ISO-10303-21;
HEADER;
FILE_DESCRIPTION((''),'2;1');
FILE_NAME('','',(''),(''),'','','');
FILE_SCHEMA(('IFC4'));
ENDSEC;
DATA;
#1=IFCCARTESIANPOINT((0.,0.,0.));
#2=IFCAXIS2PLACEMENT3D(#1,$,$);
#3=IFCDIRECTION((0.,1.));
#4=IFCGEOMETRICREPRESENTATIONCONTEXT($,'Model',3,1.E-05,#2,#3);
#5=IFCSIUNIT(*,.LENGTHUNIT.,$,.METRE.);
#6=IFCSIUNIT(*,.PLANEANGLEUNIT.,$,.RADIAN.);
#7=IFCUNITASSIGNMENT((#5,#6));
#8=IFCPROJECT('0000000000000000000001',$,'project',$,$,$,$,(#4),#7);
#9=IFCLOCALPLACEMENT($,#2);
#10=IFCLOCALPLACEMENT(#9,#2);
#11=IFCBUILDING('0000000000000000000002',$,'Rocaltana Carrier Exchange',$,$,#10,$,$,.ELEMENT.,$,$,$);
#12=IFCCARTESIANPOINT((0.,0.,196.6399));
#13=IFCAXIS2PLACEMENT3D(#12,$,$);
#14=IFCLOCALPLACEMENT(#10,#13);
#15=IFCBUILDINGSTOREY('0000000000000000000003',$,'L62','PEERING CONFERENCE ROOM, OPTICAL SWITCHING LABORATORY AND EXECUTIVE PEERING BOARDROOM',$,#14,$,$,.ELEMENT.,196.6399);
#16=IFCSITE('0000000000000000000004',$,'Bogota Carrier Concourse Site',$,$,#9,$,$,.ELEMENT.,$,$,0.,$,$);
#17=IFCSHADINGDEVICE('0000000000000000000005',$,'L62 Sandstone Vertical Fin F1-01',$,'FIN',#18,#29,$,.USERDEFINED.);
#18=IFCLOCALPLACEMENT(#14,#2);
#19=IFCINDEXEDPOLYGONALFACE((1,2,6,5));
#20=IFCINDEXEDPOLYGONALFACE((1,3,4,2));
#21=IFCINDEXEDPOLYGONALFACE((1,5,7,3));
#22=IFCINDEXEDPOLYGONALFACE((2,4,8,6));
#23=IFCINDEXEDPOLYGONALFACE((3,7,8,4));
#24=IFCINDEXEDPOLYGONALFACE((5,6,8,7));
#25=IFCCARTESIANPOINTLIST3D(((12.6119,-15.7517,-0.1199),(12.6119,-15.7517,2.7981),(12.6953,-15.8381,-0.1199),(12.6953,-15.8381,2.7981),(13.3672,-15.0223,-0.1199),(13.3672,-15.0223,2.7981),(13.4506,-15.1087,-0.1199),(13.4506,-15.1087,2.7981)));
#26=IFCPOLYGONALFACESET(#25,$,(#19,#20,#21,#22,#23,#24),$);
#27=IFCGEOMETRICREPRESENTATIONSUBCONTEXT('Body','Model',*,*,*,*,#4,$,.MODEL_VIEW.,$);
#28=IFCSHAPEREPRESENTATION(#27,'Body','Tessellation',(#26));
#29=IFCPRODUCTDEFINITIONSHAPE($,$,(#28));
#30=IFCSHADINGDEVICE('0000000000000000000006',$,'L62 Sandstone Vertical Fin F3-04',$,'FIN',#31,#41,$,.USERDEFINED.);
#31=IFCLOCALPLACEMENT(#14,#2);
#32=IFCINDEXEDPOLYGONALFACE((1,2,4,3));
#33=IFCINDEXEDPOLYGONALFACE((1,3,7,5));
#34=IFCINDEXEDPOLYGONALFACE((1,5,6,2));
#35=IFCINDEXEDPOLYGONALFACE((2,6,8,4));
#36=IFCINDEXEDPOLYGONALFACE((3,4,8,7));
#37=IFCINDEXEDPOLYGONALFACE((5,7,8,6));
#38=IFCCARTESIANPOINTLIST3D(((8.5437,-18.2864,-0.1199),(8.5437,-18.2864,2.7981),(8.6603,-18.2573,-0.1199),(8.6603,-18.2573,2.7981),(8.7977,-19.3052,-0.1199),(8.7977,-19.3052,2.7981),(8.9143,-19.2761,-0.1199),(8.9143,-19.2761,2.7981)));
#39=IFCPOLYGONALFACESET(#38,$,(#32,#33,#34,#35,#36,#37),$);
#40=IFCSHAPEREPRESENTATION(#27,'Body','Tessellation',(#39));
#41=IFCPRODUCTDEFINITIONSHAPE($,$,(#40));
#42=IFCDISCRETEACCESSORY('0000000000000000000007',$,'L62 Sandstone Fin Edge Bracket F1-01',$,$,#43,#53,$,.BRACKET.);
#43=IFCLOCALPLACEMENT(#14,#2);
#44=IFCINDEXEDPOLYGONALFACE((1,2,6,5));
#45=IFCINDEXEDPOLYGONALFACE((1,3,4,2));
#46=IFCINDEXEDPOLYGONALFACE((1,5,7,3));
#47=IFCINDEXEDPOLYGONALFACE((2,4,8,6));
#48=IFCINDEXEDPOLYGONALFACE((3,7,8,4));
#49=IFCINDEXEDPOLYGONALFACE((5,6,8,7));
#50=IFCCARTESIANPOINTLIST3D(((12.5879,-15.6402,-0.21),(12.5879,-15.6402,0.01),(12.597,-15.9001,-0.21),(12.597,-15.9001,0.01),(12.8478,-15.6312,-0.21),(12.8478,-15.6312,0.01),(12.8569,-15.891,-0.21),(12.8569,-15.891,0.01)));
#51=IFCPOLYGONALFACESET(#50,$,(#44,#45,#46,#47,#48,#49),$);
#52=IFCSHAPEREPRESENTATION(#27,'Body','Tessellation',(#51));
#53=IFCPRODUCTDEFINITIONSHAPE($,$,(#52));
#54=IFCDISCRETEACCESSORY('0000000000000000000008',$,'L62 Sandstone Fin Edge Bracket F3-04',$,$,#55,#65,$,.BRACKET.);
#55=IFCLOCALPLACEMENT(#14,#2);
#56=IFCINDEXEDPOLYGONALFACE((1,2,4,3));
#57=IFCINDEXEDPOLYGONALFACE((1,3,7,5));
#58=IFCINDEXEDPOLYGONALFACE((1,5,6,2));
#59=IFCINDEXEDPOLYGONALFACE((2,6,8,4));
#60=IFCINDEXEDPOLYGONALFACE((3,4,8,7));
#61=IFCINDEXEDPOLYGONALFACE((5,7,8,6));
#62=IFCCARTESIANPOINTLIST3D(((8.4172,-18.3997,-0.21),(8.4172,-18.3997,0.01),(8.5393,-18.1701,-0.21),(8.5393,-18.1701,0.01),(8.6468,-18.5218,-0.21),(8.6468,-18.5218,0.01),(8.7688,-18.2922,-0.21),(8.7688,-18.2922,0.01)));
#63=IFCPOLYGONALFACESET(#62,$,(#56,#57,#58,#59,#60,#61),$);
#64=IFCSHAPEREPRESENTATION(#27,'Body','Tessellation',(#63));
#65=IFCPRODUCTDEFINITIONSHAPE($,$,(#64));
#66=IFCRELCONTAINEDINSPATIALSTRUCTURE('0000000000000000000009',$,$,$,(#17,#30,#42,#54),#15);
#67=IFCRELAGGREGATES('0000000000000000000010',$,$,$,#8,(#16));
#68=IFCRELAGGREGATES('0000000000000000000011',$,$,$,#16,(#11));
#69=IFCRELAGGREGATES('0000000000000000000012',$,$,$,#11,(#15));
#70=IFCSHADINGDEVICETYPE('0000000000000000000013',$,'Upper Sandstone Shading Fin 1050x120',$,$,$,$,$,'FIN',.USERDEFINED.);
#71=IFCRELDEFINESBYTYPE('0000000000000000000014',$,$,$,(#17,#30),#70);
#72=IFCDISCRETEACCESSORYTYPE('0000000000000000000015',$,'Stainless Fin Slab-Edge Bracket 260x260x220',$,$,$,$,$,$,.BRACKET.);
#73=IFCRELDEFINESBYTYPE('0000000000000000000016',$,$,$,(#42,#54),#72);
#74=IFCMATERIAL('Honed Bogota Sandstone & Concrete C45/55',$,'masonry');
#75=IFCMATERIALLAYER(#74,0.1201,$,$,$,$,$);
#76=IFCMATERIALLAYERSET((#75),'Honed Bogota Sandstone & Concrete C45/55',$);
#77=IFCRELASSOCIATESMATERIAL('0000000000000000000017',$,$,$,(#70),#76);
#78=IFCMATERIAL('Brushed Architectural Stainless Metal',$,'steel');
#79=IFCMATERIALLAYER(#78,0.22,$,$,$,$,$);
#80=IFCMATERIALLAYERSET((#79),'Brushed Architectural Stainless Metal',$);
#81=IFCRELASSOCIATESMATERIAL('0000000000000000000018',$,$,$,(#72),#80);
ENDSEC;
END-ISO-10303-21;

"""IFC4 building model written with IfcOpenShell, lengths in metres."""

from ifc_helpers import new_model, si_unit, direction, frame, origin, origin_2d, place, context, subcontext, project, spatial, rectangle, extrude, material, layer, layer_set, type_object, element, save


model = new_model("IFC4")

# Units and contexts
model_context = context("Model", 3, precision=1e-05, world=origin(), true_north=direction((0.0, 1.0)))
body_context = subcontext(model_context, "Body", "Model", "MODEL_VIEW")
ifc_project = project(units=[si_unit("LENGTHUNIT", "METRE"), si_unit("PLANEANGLEUNIT", "RADIAN")], contexts=[model_context])

# Site, building, storey
site_placement = place(None, origin())
site = spatial("IfcSite", under=ifc_project, at=site_placement, Name="Bogota Carrier Concourse Site", CompositionType="ELEMENT", RefElevation=0.0)
building_placement = place(site_placement, origin())
building = spatial("IfcBuilding", under=site, at=building_placement, Name="Rocaltana Carrier Exchange", CompositionType="ELEMENT")
storey_placement = place(building_placement, frame((0.0, 0.0, 196.6399)))
storey = spatial("IfcBuildingStorey", under=building, at=storey_placement, Name="L62", Description="PEERING CONFERENCE ROOM, OPTICAL SWITCHING LABORATORY AND EXECUTIVE PEERING BOARDROOM", CompositionType="ELEMENT", Elevation=196.6399)

# Shading devices
ifc_material_1 = material(Name="Honed Bogota Sandstone & Concrete C45/55", Category="masonry")
ifc_layer_1 = layer(ifc_material_1, 0.1201)
ifc_layer_set_1 = layer_set([ifc_layer_1], Name="Honed Bogota Sandstone & Concrete C45/55")
shading_device_type = type_object("IfcShadingDeviceType", Name="Upper Sandstone Shading Fin 1050x120", ElementType="FIN", PredefinedType="USERDEFINED", material=ifc_layer_set_1)
for number, where, z_axis, x_axis, name in (
    (1, (13.0312, -15.4302, -0.1199), (0.0, 0.0, 1.0), (0.71934, 0.694658, 0.0), "L62 Sandstone Vertical Fin F1-01"),
    (2, (8.729, -18.7812, -0.1199), (0.0, 0.0, 1.0), (0.241922, -0.970296, 0.0), "L62 Sandstone Vertical Fin F3-04"),
):
    element("IfcShadingDevice", number, at=place(storey_placement, frame(where, z_axis=z_axis, x_axis=x_axis)), inside=storey, type_object=shading_device_type, Name=name, ObjectType="FIN", PredefinedType="USERDEFINED", context=body_context, shape_type="SweptSolid", body=[
        extrude(rectangle(XDim=1.05, YDim=0.1201, at=origin_2d()), origin(), (0.0, 0.0, 1.0), 2.918),
    ])

# Discrete accessories
ifc_material_2 = material(Name="Brushed Architectural Stainless Metal", Category="steel")
ifc_layer_2 = layer(ifc_material_2, 0.22)
ifc_layer_set_2 = layer_set([ifc_layer_2], Name="Brushed Architectural Stainless Metal")
discrete_accessory_type = type_object("IfcDiscreteAccessoryType", Name="Stainless Fin Slab-Edge Bracket 260x260x220", PredefinedType="BRACKET", material=ifc_layer_set_2)
for number, where, z_axis, x_axis, name in (
    (3, (12.7224, -15.7656, -0.21), (0.0, 0.0, 1.0), (-0.034899, 0.999391, 0.0), "L62 Sandstone Fin Edge Bracket F1-01"),
    (4, (8.593, -18.3459, -0.21), (0.0, 0.0, 1.0), (0.882948, -0.469472, 0.0), "L62 Sandstone Fin Edge Bracket F3-04"),
):
    element("IfcDiscreteAccessory", number, at=place(storey_placement, frame(where, z_axis=z_axis, x_axis=x_axis)), inside=storey, type_object=discrete_accessory_type, Name=name, PredefinedType="BRACKET", context=body_context, shape_type="SweptSolid", body=[
        extrude(rectangle(XDim=0.26, YDim=0.26, at=origin_2d()), origin(), (0.0, 0.0, 1.0), 0.22),
    ])

save(model, "model.ifc")
